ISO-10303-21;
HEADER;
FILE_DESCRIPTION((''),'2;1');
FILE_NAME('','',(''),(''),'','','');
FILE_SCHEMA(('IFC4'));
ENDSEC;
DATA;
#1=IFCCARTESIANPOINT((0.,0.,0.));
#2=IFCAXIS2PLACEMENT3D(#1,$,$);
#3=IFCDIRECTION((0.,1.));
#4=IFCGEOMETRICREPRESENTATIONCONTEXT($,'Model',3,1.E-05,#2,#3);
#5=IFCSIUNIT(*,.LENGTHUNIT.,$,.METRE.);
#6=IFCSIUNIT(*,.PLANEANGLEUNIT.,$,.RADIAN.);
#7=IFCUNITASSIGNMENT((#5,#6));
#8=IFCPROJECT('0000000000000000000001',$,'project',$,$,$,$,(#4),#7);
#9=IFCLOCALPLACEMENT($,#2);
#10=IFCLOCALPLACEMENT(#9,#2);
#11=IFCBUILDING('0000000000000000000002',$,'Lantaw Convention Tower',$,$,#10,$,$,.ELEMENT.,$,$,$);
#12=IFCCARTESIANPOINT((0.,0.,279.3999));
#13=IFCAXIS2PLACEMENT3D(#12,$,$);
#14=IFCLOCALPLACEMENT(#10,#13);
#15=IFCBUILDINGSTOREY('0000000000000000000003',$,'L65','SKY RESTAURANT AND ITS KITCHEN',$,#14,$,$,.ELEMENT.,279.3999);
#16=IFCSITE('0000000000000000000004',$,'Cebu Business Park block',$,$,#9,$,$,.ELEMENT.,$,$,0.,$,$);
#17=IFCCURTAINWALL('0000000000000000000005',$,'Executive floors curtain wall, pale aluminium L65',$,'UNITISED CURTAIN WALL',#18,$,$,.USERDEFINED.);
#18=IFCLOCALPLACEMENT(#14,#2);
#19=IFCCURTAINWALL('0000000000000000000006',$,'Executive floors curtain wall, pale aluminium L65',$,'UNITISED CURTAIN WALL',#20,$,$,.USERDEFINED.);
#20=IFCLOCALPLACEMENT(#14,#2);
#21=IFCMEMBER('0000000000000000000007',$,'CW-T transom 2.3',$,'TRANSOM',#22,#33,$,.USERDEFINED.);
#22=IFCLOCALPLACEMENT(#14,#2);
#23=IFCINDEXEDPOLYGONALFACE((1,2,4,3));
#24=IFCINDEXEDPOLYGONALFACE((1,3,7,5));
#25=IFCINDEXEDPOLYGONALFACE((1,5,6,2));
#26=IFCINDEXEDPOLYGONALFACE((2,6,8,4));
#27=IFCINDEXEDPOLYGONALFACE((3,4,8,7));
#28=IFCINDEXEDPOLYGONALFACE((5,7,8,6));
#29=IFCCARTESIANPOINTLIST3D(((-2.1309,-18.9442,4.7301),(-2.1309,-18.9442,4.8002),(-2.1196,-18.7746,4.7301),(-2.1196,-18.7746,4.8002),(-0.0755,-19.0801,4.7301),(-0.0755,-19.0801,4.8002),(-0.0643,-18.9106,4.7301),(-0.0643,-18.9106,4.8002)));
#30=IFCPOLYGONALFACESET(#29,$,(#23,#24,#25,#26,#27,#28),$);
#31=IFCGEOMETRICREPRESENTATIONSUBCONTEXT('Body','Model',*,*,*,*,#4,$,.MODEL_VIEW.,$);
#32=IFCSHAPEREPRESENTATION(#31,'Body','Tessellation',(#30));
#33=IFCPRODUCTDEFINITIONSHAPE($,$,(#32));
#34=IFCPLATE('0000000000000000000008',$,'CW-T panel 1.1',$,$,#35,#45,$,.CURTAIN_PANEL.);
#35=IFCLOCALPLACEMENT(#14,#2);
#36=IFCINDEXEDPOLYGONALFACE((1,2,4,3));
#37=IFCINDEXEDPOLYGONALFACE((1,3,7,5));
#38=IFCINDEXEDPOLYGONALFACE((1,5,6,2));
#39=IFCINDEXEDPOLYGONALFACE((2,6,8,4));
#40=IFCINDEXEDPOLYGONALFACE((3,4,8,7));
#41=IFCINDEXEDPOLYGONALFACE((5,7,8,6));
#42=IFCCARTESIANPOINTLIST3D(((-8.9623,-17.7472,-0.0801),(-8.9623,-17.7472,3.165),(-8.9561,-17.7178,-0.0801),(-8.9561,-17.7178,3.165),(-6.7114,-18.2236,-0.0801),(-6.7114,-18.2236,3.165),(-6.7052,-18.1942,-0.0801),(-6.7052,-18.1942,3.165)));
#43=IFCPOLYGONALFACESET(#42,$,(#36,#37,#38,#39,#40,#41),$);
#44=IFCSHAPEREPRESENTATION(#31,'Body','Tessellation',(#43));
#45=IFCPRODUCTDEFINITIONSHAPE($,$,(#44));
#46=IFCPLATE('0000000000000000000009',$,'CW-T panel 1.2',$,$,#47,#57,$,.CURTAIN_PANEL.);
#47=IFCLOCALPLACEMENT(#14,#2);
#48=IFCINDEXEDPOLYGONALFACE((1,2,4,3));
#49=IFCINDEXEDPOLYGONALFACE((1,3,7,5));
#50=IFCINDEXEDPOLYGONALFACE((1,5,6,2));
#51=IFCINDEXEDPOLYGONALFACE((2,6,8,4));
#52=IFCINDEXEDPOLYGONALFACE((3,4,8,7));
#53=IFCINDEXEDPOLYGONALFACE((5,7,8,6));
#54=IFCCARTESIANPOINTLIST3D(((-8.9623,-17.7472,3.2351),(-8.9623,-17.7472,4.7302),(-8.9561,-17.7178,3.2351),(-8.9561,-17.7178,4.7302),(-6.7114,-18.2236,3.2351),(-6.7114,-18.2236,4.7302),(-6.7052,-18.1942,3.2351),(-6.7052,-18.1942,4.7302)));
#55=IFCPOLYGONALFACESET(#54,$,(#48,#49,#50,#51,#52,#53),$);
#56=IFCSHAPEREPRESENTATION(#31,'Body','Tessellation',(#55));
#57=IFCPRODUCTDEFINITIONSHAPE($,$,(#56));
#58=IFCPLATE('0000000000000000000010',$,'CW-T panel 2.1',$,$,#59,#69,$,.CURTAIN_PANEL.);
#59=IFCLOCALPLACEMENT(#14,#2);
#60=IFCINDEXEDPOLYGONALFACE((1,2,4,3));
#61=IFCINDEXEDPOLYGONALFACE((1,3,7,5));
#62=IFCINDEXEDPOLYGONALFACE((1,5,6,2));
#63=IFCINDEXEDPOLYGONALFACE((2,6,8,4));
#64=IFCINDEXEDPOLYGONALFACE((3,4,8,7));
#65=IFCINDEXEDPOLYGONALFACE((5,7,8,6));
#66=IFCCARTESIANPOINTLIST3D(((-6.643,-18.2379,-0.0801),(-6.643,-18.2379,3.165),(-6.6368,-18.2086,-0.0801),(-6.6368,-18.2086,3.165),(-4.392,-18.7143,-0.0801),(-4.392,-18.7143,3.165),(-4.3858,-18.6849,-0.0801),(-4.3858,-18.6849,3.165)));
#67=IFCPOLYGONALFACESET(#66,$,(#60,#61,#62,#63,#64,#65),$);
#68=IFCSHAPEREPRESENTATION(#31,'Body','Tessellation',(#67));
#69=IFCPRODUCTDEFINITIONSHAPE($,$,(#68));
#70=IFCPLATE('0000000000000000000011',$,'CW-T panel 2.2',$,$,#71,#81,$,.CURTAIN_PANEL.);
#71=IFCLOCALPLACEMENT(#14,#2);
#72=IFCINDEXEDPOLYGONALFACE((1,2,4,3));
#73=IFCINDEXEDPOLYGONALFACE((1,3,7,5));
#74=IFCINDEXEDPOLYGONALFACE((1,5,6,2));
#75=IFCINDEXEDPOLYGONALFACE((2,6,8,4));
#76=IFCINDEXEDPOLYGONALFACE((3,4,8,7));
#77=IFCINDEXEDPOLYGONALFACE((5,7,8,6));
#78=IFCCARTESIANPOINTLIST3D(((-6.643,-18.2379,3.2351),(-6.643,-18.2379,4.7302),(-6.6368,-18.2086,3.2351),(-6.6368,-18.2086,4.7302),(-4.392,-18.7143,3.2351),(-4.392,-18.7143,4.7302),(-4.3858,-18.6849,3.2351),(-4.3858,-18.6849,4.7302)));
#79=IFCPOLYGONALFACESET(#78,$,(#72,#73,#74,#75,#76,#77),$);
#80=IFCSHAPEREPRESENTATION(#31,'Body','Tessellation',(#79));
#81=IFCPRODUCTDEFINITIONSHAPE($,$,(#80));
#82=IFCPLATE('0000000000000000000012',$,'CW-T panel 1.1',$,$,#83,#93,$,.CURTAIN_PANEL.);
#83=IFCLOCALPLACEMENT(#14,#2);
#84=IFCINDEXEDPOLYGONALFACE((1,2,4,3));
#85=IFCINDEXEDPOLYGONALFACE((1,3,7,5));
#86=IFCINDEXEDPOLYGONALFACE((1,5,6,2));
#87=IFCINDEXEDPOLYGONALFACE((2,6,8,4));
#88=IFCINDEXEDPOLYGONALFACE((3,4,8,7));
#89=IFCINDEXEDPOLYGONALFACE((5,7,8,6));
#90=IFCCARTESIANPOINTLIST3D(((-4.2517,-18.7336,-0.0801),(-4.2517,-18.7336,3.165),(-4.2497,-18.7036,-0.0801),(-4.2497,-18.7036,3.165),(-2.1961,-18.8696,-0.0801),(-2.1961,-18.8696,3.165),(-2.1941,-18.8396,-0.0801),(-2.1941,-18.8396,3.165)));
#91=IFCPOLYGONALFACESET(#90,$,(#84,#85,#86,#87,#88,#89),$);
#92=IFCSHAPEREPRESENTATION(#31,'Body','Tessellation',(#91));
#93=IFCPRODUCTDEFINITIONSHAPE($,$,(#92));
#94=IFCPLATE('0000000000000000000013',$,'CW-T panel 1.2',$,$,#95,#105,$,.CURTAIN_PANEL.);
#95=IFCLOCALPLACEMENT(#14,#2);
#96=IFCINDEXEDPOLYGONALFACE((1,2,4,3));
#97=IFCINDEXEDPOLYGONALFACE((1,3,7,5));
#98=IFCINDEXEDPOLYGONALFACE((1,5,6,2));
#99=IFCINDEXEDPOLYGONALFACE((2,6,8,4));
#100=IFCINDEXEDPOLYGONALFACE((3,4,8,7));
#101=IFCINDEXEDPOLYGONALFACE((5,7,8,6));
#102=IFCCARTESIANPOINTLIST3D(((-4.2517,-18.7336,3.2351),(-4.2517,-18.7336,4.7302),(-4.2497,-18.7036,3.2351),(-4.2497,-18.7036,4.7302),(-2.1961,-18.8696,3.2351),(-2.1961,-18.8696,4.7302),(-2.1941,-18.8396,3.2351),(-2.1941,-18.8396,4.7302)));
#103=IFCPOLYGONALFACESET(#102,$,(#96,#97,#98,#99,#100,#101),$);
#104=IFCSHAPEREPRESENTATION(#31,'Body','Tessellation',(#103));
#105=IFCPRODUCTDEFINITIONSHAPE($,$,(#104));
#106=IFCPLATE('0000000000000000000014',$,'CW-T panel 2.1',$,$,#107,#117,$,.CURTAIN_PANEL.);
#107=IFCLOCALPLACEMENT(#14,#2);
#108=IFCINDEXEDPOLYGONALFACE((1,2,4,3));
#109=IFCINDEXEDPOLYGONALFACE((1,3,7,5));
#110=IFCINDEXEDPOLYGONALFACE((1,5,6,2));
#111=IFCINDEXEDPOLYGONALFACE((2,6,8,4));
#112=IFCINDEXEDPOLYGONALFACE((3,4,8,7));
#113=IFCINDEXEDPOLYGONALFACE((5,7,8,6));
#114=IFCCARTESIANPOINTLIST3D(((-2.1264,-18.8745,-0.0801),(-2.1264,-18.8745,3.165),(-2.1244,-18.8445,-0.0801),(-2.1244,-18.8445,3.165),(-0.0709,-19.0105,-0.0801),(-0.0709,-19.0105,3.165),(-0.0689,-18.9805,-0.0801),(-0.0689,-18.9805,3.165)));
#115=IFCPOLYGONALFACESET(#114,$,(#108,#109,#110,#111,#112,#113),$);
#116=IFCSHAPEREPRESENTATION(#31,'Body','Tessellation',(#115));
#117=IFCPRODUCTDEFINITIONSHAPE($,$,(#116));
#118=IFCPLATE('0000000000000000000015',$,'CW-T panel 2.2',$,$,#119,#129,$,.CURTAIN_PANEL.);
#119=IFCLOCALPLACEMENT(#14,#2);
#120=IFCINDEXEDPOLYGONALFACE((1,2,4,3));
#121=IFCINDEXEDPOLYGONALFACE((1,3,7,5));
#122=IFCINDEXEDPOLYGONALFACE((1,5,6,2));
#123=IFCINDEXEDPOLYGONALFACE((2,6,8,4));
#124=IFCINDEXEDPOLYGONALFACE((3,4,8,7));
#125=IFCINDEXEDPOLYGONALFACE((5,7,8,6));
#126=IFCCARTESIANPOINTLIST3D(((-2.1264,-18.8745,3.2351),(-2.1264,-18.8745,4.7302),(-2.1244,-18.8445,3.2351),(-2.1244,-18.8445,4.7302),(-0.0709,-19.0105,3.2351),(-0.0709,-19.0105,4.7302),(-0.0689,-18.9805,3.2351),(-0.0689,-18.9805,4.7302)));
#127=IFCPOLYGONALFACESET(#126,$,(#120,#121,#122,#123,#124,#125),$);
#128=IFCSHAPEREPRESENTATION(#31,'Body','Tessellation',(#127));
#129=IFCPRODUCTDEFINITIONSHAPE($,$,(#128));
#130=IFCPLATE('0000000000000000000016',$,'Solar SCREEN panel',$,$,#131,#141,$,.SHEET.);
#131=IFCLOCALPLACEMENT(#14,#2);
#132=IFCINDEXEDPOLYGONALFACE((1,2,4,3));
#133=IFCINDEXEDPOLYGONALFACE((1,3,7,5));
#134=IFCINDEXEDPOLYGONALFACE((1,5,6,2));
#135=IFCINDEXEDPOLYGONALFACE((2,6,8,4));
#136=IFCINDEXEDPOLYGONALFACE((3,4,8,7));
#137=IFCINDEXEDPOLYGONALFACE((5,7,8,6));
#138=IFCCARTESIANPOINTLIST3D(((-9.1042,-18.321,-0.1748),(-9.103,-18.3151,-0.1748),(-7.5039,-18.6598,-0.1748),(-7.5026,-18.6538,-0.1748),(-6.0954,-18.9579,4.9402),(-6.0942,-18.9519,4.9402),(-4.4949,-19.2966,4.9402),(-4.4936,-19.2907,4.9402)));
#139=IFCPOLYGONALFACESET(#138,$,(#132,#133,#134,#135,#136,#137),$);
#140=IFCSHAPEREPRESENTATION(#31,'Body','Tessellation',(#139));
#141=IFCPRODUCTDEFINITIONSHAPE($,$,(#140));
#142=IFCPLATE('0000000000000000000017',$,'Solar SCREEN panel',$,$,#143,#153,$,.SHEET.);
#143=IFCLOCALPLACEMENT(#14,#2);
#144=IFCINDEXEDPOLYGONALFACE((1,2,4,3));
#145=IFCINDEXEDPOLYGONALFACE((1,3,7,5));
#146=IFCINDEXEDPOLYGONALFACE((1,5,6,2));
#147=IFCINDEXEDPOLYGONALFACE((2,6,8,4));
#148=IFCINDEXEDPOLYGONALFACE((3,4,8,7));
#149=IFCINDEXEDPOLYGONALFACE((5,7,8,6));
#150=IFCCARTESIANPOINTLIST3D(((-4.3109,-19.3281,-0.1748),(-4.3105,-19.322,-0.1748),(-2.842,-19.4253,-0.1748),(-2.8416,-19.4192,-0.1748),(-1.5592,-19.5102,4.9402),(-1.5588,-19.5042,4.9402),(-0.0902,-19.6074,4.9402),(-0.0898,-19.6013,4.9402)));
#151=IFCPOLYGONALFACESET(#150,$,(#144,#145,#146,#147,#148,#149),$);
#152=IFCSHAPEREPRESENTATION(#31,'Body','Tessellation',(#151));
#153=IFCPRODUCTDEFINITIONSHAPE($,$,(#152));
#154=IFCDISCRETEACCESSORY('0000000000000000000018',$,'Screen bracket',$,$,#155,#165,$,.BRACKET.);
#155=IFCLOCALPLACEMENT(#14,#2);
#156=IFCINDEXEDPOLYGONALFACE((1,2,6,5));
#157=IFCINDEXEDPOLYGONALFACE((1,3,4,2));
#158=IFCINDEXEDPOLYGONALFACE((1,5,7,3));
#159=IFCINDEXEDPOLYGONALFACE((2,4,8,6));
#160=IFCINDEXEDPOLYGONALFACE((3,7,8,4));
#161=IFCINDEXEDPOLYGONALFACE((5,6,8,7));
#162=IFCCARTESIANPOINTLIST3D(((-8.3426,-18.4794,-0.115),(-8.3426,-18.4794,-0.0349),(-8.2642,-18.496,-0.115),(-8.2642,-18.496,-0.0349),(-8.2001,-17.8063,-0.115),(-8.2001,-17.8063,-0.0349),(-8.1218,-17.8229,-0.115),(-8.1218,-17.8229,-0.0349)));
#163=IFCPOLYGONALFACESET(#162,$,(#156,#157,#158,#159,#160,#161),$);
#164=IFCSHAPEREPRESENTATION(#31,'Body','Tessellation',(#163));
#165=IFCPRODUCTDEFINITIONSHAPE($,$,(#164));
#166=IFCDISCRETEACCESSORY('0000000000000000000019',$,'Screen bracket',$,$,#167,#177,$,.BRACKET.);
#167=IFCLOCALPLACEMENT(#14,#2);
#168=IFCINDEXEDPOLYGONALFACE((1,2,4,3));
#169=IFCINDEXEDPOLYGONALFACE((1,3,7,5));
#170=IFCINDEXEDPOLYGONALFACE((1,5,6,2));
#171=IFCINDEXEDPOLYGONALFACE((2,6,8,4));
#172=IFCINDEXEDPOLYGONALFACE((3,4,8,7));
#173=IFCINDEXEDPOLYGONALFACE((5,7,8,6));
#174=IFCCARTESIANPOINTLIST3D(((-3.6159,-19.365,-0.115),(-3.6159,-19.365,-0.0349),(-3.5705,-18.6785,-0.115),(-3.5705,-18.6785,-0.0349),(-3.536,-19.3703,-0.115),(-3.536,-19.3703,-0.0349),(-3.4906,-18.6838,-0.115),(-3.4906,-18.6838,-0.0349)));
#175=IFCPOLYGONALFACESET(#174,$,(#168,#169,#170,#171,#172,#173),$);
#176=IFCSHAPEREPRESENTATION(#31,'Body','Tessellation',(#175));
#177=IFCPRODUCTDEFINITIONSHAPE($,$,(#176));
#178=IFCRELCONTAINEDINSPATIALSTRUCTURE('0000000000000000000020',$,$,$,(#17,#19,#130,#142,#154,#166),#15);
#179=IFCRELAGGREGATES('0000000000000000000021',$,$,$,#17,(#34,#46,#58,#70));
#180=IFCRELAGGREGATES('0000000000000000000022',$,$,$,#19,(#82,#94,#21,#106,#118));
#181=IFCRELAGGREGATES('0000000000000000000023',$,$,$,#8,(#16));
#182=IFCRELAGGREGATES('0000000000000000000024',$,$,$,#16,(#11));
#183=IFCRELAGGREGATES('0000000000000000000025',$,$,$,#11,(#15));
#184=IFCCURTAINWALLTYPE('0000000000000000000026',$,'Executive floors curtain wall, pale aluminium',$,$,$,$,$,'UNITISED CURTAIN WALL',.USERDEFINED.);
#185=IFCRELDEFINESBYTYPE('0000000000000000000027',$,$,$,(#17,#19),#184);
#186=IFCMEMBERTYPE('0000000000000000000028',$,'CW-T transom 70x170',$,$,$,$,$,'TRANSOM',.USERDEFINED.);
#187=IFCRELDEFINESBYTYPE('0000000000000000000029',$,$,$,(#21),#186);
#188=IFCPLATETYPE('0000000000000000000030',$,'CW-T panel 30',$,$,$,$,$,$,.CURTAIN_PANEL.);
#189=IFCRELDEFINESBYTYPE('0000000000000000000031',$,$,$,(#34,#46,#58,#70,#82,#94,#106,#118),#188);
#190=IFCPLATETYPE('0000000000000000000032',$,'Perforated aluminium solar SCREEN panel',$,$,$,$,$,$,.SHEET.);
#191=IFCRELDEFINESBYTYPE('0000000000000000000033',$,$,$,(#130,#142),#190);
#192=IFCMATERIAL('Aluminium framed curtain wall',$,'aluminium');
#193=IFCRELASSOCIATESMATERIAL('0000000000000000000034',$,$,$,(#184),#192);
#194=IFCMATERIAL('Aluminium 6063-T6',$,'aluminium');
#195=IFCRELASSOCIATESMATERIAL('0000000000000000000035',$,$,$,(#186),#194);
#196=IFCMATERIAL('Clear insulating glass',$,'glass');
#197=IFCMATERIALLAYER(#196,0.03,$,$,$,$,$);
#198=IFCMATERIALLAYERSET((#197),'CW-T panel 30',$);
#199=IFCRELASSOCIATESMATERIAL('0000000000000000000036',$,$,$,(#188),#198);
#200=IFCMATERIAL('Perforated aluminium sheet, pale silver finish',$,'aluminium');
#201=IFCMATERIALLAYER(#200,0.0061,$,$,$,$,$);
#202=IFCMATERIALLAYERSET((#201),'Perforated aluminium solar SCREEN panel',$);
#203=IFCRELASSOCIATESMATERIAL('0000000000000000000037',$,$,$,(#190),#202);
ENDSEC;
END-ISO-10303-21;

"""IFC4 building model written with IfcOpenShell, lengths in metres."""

from ifc_helpers import new_model, si_unit, direction, frame, origin, origin_2d, place, context, subcontext, project, spatial, polyline, rectangle, outline, extrude, material, layer, layer_set, material_profile, profile_set, type_object, element, aggregate, save


model = new_model("IFC4")

# Units and contexts
model_context = context("Model", 3, precision=1e-05, world=origin(), true_north=direction((0.0, 1.0)))
body_context = subcontext(model_context, "Body", "Model", "MODEL_VIEW")
ifc_project = project(units=[si_unit("LENGTHUNIT", "METRE"), si_unit("PLANEANGLEUNIT", "RADIAN")], contexts=[model_context])

# Site, building, storey
site_placement = place(None, origin())
site = spatial("IfcSite", under=ifc_project, at=site_placement, Name="Cebu Business Park block", CompositionType="ELEMENT", RefElevation=0.0)
building_placement = place(site_placement, origin())
building = spatial("IfcBuilding", under=site, at=building_placement, Name="Lantaw Convention Tower", CompositionType="ELEMENT")
storey_placement = place(building_placement, frame((0.0, 0.0, 279.3999)))
storey = spatial("IfcBuildingStorey", under=building, at=storey_placement, Name="L65", Description="SKY RESTAURANT AND ITS KITCHEN", CompositionType="ELEMENT", Elevation=279.3999)

# Shared definitions
ifc_material_1 = material(Name="Aluminium framed curtain wall", Category="aluminium")
curtain_wall_type = type_object("IfcCurtainWallType", Name="Executive floors curtain wall, pale aluminium", ElementType="UNITISED CURTAIN WALL", PredefinedType="USERDEFINED", material=ifc_material_1)
ifc_material_2 = material(Name="Aluminium 6063-T6", Category="aluminium")

# Curtain walls
curtain_wall_1_placement = place(storey_placement, origin())
curtain_wall_1 = element("IfcCurtainWall", 1, at=curtain_wall_1_placement, inside=storey, type_object=curtain_wall_type, Name="Executive floors curtain wall, pale aluminium L65", ObjectType="UNITISED CURTAIN WALL", PredefinedType="USERDEFINED")
curtain_wall_2_placement = place(storey_placement, origin())
curtain_wall_2 = element("IfcCurtainWall", 2, at=curtain_wall_2_placement, inside=storey, type_object=curtain_wall_type, Name="Executive floors curtain wall, pale aluminium L65", ObjectType="UNITISED CURTAIN WALL", PredefinedType="USERDEFINED")

# Member
ifc_material_profile_1 = material_profile(ifc_material_2, rectangle(XDim=0.1699, YDim=0.0701, at=origin_2d()), Name="CW-T transom 70x170")
ifc_profile_set_1 = profile_set([ifc_material_profile_1], Name="Aluminium 6063-T6")
member_type_1 = type_object("IfcMemberType", Name="CW-T transom 70x170", ElementType="TRANSOM", PredefinedType="USERDEFINED", material=ifc_profile_set_1)
member_1_placement = place(storey_placement, frame((-2.1252, -18.8594, 4.7651), z_axis=(0.997819, -0.066016, 0.0), x_axis=(0.066016, 0.997819, 0.0)))
member_1 = element("IfcMember", 3, at=member_1_placement, type_object=member_type_1, Name="CW-T transom 2.3", ObjectType="TRANSOM", PredefinedType="USERDEFINED", context=body_context, shape_type="SweptSolid", body=[
    extrude(rectangle(XDim=0.1699, YDim=0.0701, at=origin_2d()), origin(), (0.0, 0.0, 1.0), 2.0598),
])

# Plates
ifc_material_3 = material(Name="Clear insulating glass", Category="glass")
ifc_layer_1 = layer(ifc_material_3, 0.03)
ifc_layer_set_1 = layer_set([ifc_layer_1], Name="CW-T panel 30")
plate_type_1 = type_object("IfcPlateType", Name="CW-T panel 30", PredefinedType="CURTAIN_PANEL", material=ifc_layer_set_1)
plate_1_placement = place(storey_placement, frame((-7.8337, -17.9707, -0.0801), z_axis=(0.0, 0.0, 1.0), x_axis=(0.978332, -0.20704, 0.0)))
plate_1 = element("IfcPlate", 4, at=plate_1_placement, type_object=plate_type_1, Name="CW-T panel 1.1", PredefinedType="CURTAIN_PANEL", context=body_context, shape_type="SweptSolid", body=[
    extrude(rectangle(XDim=2.3008, YDim=0.03, at=origin_2d()), origin(), (0.0, 0.0, 1.0), 3.2451),
])
plate_2_placement = place(storey_placement, frame((-7.8337, -17.9707, 3.2351), z_axis=(0.0, 0.0, 1.0), x_axis=(0.978332, -0.20704, 0.0)))
plate_2 = element("IfcPlate", 5, at=plate_2_placement, type_object=plate_type_1, Name="CW-T panel 1.2", PredefinedType="CURTAIN_PANEL", context=body_context, shape_type="SweptSolid", body=[
    extrude(rectangle(XDim=2.3008, YDim=0.03, at=origin_2d()), origin(), (0.0, 0.0, 1.0), 1.4951),
])
plate_3_placement = place(storey_placement, frame((-5.5144, -18.4614, -0.0801), z_axis=(0.0, 0.0, 1.0), x_axis=(0.978332, -0.20704, 0.0)))
plate_3 = element("IfcPlate", 6, at=plate_3_placement, type_object=plate_type_1, Name="CW-T panel 2.1", PredefinedType="CURTAIN_PANEL", context=body_context, shape_type="SweptSolid", body=[
    extrude(rectangle(XDim=2.3008, YDim=0.03, at=origin_2d()), origin(), (0.0, 0.0, 1.0), 3.2451),
])
plate_4_placement = place(storey_placement, frame((-5.5144, -18.4614, 3.2351), z_axis=(0.0, 0.0, 1.0), x_axis=(0.978332, -0.20704, 0.0)))
plate_4 = element("IfcPlate", 7, at=plate_4_placement, type_object=plate_type_1, Name="CW-T panel 2.2", PredefinedType="CURTAIN_PANEL", context=body_context, shape_type="SweptSolid", body=[
    extrude(rectangle(XDim=2.3008, YDim=0.03, at=origin_2d()), origin(), (0.0, 0.0, 1.0), 1.4951),
])
aggregate(curtain_wall_1, [plate_1, plate_2, plate_3, plate_4])
plate_5_placement = place(storey_placement, frame((-3.2229, -18.7866, -0.0801), z_axis=(0.0, 0.0, 1.0), x_axis=(0.997818, -0.066025, 0.0)))
plate_5 = element("IfcPlate", 8, at=plate_5_placement, type_object=plate_type_1, Name="CW-T panel 1.1", PredefinedType="CURTAIN_PANEL", context=body_context, shape_type="SweptSolid", body=[
    extrude(rectangle(XDim=2.0601, YDim=0.03, at=origin_2d()), origin(), (0.0, 0.0, 1.0), 3.2451),
])
plate_6_placement = place(storey_placement, frame((-3.2229, -18.7866, 3.2351), z_axis=(0.0, 0.0, 1.0), x_axis=(0.997818, -0.066025, 0.0)))
plate_6 = element("IfcPlate", 9, at=plate_6_placement, type_object=plate_type_1, Name="CW-T panel 1.2", PredefinedType="CURTAIN_PANEL", context=body_context, shape_type="SweptSolid", body=[
    extrude(rectangle(XDim=2.0601, YDim=0.03, at=origin_2d()), origin(), (0.0, 0.0, 1.0), 1.4951),
])
plate_7_placement = place(storey_placement, frame((-1.0977, -18.9275, -0.0801), z_axis=(0.0, 0.0, 1.0), x_axis=(0.997818, -0.066025, 0.0)))
plate_7 = element("IfcPlate", 10, at=plate_7_placement, type_object=plate_type_1, Name="CW-T panel 2.1", PredefinedType="CURTAIN_PANEL", context=body_context, shape_type="SweptSolid", body=[
    extrude(rectangle(XDim=2.0601, YDim=0.03, at=origin_2d()), origin(), (0.0, 0.0, 1.0), 3.2451),
])
plate_8_placement = place(storey_placement, frame((-1.0977, -18.9275, 3.2351), z_axis=(0.0, 0.0, 1.0), x_axis=(0.997818, -0.066025, 0.0)))
plate_8 = element("IfcPlate", 11, at=plate_8_placement, type_object=plate_type_1, Name="CW-T panel 2.2", PredefinedType="CURTAIN_PANEL", context=body_context, shape_type="SweptSolid", body=[
    extrude(rectangle(XDim=2.0601, YDim=0.03, at=origin_2d()), origin(), (0.0, 0.0, 1.0), 1.4951),
])
aggregate(curtain_wall_2, [plate_5, plate_6, member_1, plate_7, plate_8])

# Plates
ifc_material_4 = material(Name="Perforated aluminium sheet, pale silver finish", Category="aluminium")
ifc_layer_2 = layer(ifc_material_4, 0.0061)
ifc_layer_set_2 = layer_set([ifc_layer_2], Name="Perforated aluminium solar SCREEN panel")
plate_type_2 = type_object("IfcPlateType", Name="Perforated aluminium solar SCREEN panel", PredefinedType="SHEET", material=ifc_layer_set_2)
plate_9_placement = place(storey_placement, frame((-9.1042, -18.321, -0.1748), z_axis=(-0.207067, -0.978327, 0.000002), x_axis=(0.978327, -0.207067, 0.0)))
element("IfcPlate", 12, at=plate_9_placement, inside=storey, type_object=plate_type_2, Name="Solar SCREEN panel", PredefinedType="SHEET", context=body_context, shape_type="SweptSolid", body=[
    extrude(outline(polyline([(0.0, 0.0), (1.6358, 0.0), (4.7115, 5.115), (3.0755, 5.115), (0.0, 0.0)])), origin(), (0.0, 0.0, -1.0), 0.0061),
])
plate_10_placement = place(storey_placement, frame((-4.3105, -19.322, -0.1748), z_axis=(0.066002, 0.99782, 0.000022), x_axis=(0.99782, -0.066002, 0.0)))
element("IfcPlate", 13, at=plate_10_placement, inside=storey, type_object=plate_type_2, Name="Solar SCREEN panel", PredefinedType="SHEET", context=body_context, shape_type="SweptSolid", body=[
    extrude(outline(polyline([(0.0, 0.0), (1.4722, 0.0), (4.2299, -5.115), (2.7577, -5.115), (0.0, 0.0)])), origin(), (0.0, 0.0, -1.0), 0.0061),
])

# Discrete accessories
for number, where, z_axis, x_axis, name in (
    (14, (-8.2322, -18.1511, -0.115), (0.0, 0.0, 1.0), (0.978332, -0.20704, 0.0), "Screen bracket"),
    (15, (-3.5532, -19.0244, -0.115), (0.0, 0.0, 1.0), (0.997818, -0.066025, 0.0), "Screen bracket"),
):
    element("IfcDiscreteAccessory", number, at=place(storey_placement, frame(where, z_axis=z_axis, x_axis=x_axis)), inside=storey, Name=name, PredefinedType="BRACKET", context=body_context, shape_type="SweptSolid", body=[
        extrude(rectangle(XDim=0.0801, YDim=0.688, at=origin_2d()), origin(), (0.0, 0.0, 1.0), 0.0801),
    ])

save(model, "model.ifc")
